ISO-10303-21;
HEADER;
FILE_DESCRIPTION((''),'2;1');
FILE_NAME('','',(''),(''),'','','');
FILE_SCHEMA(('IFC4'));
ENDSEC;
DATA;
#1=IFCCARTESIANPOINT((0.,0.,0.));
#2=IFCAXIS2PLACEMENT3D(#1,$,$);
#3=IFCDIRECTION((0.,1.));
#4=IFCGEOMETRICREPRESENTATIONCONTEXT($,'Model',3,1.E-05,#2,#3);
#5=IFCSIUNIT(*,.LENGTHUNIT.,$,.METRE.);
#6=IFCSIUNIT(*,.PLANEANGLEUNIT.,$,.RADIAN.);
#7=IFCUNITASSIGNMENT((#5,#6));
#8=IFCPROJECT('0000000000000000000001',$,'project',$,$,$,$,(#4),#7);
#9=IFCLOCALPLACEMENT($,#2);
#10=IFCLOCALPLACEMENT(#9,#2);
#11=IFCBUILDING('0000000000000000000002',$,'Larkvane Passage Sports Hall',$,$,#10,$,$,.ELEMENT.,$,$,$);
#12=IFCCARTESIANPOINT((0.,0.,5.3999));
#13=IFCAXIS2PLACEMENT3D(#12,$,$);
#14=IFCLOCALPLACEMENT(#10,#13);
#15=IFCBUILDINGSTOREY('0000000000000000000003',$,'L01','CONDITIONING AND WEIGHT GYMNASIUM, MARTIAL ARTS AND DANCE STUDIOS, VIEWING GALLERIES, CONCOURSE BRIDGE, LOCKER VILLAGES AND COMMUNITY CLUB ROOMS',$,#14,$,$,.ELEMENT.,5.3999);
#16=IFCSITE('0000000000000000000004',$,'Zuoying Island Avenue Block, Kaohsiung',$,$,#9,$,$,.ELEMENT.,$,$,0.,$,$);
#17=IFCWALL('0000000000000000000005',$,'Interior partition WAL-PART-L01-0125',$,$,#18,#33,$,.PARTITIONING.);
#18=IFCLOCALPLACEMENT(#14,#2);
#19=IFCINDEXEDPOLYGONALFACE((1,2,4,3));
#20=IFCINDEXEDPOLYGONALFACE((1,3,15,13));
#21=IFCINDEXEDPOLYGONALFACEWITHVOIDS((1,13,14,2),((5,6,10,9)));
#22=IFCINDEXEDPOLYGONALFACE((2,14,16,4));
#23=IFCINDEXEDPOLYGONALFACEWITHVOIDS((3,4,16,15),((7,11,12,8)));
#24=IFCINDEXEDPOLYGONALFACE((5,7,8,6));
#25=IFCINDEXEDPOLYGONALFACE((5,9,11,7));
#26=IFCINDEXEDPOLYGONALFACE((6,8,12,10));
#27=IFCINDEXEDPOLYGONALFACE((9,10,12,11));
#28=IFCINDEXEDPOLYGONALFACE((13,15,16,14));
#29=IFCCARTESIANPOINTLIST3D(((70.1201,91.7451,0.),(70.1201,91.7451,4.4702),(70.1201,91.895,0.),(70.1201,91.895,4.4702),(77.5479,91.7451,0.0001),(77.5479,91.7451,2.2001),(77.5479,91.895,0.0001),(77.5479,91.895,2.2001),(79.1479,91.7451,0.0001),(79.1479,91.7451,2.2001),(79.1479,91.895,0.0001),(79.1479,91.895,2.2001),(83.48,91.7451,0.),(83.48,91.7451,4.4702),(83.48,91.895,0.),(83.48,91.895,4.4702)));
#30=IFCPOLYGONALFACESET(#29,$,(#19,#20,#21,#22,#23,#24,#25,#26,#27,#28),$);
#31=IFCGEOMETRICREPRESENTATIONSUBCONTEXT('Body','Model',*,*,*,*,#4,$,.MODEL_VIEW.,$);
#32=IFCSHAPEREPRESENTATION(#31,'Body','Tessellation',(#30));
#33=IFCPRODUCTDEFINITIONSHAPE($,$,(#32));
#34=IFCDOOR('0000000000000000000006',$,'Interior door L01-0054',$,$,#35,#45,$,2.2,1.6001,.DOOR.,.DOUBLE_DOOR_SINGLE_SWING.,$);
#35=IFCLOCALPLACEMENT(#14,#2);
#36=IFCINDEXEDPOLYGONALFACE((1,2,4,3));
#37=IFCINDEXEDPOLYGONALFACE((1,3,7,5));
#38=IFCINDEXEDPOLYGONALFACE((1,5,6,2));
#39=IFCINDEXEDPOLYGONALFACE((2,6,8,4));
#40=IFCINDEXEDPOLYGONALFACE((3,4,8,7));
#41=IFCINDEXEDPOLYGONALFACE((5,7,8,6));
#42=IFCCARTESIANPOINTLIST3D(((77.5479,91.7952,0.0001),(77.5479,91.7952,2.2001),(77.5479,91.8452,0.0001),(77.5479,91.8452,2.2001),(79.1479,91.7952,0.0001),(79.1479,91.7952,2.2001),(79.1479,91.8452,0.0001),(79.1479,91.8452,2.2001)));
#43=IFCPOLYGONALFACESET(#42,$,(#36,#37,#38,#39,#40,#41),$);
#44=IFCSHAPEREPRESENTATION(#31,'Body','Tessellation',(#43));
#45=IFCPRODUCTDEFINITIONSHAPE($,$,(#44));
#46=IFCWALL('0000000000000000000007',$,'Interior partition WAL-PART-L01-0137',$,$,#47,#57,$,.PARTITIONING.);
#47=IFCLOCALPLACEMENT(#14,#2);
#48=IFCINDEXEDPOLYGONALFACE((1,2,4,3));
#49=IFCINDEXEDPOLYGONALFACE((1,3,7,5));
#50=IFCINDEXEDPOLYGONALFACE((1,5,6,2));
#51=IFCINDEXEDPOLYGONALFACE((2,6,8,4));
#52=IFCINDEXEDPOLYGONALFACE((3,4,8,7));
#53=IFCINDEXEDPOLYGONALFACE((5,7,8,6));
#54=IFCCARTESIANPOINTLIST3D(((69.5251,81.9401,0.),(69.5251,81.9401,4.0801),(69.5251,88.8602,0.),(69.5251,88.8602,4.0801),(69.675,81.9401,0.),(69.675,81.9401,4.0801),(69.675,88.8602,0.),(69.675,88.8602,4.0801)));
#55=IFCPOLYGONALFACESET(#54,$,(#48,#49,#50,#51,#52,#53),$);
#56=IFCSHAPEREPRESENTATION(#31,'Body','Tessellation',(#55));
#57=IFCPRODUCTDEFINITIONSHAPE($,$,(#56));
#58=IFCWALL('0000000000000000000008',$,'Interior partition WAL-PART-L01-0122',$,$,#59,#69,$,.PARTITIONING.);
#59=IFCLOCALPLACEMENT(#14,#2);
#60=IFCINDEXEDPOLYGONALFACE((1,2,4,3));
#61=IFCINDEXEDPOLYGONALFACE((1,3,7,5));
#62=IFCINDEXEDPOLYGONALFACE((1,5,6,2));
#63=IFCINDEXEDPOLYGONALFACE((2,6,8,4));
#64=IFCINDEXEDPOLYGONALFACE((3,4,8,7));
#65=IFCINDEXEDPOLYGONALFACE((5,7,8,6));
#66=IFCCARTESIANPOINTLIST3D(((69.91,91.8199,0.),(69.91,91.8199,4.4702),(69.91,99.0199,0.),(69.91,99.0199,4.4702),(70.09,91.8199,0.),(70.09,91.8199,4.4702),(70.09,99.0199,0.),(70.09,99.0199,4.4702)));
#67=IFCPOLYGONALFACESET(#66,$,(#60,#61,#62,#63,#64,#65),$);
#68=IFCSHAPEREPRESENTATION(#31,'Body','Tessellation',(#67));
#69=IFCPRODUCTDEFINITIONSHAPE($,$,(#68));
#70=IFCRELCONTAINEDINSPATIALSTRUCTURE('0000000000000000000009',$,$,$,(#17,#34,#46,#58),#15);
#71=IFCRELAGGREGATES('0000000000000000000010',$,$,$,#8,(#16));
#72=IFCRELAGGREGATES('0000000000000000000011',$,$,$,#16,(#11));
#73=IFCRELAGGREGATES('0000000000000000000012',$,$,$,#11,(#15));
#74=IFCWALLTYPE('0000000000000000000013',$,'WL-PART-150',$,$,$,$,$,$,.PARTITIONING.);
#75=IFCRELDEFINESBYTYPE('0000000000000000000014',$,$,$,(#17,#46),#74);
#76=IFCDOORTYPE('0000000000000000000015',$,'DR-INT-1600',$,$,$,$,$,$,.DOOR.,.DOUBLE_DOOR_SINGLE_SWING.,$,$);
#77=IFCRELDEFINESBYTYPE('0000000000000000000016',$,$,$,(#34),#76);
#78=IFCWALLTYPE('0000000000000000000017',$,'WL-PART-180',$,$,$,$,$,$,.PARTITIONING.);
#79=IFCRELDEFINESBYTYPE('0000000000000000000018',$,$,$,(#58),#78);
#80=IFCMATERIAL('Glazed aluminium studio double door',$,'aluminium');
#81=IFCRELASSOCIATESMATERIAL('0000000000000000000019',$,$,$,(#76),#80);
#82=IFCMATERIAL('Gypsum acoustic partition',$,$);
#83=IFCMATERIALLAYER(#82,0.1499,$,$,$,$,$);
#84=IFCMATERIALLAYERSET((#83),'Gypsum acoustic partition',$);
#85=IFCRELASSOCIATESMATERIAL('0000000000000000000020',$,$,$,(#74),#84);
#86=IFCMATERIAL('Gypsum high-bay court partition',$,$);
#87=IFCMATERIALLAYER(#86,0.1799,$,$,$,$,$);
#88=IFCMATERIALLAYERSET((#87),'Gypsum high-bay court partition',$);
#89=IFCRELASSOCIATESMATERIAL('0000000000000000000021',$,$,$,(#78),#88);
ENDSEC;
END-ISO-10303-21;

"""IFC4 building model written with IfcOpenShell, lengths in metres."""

from ifc_helpers import new_model, si_unit, direction, frame, frame_2d, origin, place, context, subcontext, project, spatial, rectangle, extrude, material, layer, layer_set, type_object, element, fill, save


model = new_model("IFC4")

# Units and contexts
model_context = context("Model", 3, precision=1e-05, world=origin(), true_north=direction((0.0, 1.0)))
body_context = subcontext(model_context, "Body", "Model", "MODEL_VIEW")
ifc_project = project(units=[si_unit("LENGTHUNIT", "METRE"), si_unit("PLANEANGLEUNIT", "RADIAN")], contexts=[model_context])

# Site, building, storey
site_placement = place(None, origin())
site = spatial("IfcSite", under=ifc_project, at=site_placement, Name="Zuoying Island Avenue Block, Kaohsiung", CompositionType="ELEMENT", RefElevation=0.0)
building_placement = place(site_placement, origin())
building = spatial("IfcBuilding", under=site, at=building_placement, Name="Larkvane Passage Sports Hall", CompositionType="ELEMENT")
storey_placement = place(building_placement, frame((0.0, 0.0, 5.3999)))
storey = spatial("IfcBuildingStorey", under=building, at=storey_placement, Name="L01", Description="CONDITIONING AND WEIGHT GYMNASIUM, MARTIAL ARTS AND DANCE STUDIOS, VIEWING GALLERIES, CONCOURSE BRIDGE, LOCKER VILLAGES AND COMMUNITY CLUB ROOMS", CompositionType="ELEMENT", Elevation=5.3999)

# Shared definitions
ifc_material_1 = material(Name="Glazed aluminium studio double door", Category="aluminium")
door_type_1 = type_object("IfcDoorType", Name="DR-INT-1600", OperationType="DOUBLE_DOOR_SINGLE_SWING", PredefinedType="DOOR", material=ifc_material_1)

# Wall, opening, door
ifc_material_2 = material(Name="Gypsum acoustic partition")
ifc_layer_1 = layer(ifc_material_2, 0.1499)
ifc_layer_set_1 = layer_set([ifc_layer_1], Name="Gypsum acoustic partition")
wall_type_1 = type_object("IfcWallType", Name="WL-PART-150", PredefinedType="PARTITIONING", material=ifc_layer_set_1)
wall_1_placement = place(storey_placement, frame((83.48, 91.8201, 0.0), z_axis=(0.0, 0.0, 1.0), x_axis=(-1.0, 0.0, 0.0)))
wall_1 = element("IfcWall", 1, at=wall_1_placement, inside=storey, type_object=wall_type_1, Name="Interior partition WAL-PART-L01-0125", PredefinedType="PARTITIONING", context=body_context, shape_type="SweptSolid", body=[
    extrude(rectangle(XDim=13.3599, YDim=0.1499, at=frame_2d((6.6799, 0.0))), origin(), (0.0, 0.0, 1.0), 4.4702),
])
opening_1_placement = place(wall_1_placement, frame((4.332, 0.0, 0.0)))
opening_1 = element("IfcOpeningElement", 2, at=opening_1_placement, cuts=wall_1, PredefinedType="OPENING", context=body_context, shape_type="SweptSolid", body=[
    extrude(rectangle(XDim=1.6001, YDim=2.2, at=frame_2d((0.8, 1.1001))), frame((0.0, 0.085, 0.0), z_axis=(0.0, -1.0, 0.0), x_axis=(1.0, 0.0, 0.0)), (0.0, 0.0, 1.0), 0.1699),
])
door_1_placement = place(opening_1_placement, origin())
door_1 = element("IfcDoor", 3, at=door_1_placement, inside=storey, type_object=door_type_1, Name="Interior door L01-0054", OperationType="DOUBLE_DOOR_SINGLE_SWING", OverallHeight=2.2, OverallWidth=1.6001, PredefinedType="DOOR", context=body_context, shape_type="SweptSolid", body=[
    extrude(rectangle(XDim=1.6001, YDim=2.2, at=frame_2d((0.8, 1.1001))), frame((0.0, 0.0249, 0.0), z_axis=(0.0, -1.0, 0.0), x_axis=(1.0, 0.0, 0.0)), (0.0, 0.0, 1.0), 0.05),
])
fill(opening_1, door_1)

# Walls
wall_2_placement = place(storey_placement, frame((69.6001, 88.8601, 0.0), z_axis=(0.0, 0.0, 1.0), x_axis=(0.0, -1.0, 0.0)))
element("IfcWall", 4, at=wall_2_placement, inside=storey, type_object=wall_type_1, Name="Interior partition WAL-PART-L01-0137", PredefinedType="PARTITIONING", context=body_context, shape_type="SweptSolid", body=[
    extrude(rectangle(XDim=6.9202, YDim=0.1499, at=frame_2d((3.46, 0.0))), origin(), (0.0, 0.0, 1.0), 4.0801),
])
ifc_material_3 = material(Name="Gypsum high-bay court partition")
ifc_layer_2 = layer(ifc_material_3, 0.1799)
ifc_layer_set_2 = layer_set([ifc_layer_2], Name="Gypsum high-bay court partition")
wall_type_2 = type_object("IfcWallType", Name="WL-PART-180", PredefinedType="PARTITIONING", material=ifc_layer_set_2)
wall_3_placement = place(storey_placement, frame((70.0, 99.02, 0.0), z_axis=(0.0, 0.0, 1.0), x_axis=(0.0, -1.0, 0.0)))
element("IfcWall", 5, at=wall_3_placement, inside=storey, type_object=wall_type_2, Name="Interior partition WAL-PART-L01-0122", PredefinedType="PARTITIONING", context=body_context, shape_type="SweptSolid", body=[
    extrude(rectangle(XDim=7.2, YDim=0.1799, at=frame_2d((3.6001, 0.0))), origin(), (0.0, 0.0, 1.0), 4.4702),
])

save(model, "model.ifc")
